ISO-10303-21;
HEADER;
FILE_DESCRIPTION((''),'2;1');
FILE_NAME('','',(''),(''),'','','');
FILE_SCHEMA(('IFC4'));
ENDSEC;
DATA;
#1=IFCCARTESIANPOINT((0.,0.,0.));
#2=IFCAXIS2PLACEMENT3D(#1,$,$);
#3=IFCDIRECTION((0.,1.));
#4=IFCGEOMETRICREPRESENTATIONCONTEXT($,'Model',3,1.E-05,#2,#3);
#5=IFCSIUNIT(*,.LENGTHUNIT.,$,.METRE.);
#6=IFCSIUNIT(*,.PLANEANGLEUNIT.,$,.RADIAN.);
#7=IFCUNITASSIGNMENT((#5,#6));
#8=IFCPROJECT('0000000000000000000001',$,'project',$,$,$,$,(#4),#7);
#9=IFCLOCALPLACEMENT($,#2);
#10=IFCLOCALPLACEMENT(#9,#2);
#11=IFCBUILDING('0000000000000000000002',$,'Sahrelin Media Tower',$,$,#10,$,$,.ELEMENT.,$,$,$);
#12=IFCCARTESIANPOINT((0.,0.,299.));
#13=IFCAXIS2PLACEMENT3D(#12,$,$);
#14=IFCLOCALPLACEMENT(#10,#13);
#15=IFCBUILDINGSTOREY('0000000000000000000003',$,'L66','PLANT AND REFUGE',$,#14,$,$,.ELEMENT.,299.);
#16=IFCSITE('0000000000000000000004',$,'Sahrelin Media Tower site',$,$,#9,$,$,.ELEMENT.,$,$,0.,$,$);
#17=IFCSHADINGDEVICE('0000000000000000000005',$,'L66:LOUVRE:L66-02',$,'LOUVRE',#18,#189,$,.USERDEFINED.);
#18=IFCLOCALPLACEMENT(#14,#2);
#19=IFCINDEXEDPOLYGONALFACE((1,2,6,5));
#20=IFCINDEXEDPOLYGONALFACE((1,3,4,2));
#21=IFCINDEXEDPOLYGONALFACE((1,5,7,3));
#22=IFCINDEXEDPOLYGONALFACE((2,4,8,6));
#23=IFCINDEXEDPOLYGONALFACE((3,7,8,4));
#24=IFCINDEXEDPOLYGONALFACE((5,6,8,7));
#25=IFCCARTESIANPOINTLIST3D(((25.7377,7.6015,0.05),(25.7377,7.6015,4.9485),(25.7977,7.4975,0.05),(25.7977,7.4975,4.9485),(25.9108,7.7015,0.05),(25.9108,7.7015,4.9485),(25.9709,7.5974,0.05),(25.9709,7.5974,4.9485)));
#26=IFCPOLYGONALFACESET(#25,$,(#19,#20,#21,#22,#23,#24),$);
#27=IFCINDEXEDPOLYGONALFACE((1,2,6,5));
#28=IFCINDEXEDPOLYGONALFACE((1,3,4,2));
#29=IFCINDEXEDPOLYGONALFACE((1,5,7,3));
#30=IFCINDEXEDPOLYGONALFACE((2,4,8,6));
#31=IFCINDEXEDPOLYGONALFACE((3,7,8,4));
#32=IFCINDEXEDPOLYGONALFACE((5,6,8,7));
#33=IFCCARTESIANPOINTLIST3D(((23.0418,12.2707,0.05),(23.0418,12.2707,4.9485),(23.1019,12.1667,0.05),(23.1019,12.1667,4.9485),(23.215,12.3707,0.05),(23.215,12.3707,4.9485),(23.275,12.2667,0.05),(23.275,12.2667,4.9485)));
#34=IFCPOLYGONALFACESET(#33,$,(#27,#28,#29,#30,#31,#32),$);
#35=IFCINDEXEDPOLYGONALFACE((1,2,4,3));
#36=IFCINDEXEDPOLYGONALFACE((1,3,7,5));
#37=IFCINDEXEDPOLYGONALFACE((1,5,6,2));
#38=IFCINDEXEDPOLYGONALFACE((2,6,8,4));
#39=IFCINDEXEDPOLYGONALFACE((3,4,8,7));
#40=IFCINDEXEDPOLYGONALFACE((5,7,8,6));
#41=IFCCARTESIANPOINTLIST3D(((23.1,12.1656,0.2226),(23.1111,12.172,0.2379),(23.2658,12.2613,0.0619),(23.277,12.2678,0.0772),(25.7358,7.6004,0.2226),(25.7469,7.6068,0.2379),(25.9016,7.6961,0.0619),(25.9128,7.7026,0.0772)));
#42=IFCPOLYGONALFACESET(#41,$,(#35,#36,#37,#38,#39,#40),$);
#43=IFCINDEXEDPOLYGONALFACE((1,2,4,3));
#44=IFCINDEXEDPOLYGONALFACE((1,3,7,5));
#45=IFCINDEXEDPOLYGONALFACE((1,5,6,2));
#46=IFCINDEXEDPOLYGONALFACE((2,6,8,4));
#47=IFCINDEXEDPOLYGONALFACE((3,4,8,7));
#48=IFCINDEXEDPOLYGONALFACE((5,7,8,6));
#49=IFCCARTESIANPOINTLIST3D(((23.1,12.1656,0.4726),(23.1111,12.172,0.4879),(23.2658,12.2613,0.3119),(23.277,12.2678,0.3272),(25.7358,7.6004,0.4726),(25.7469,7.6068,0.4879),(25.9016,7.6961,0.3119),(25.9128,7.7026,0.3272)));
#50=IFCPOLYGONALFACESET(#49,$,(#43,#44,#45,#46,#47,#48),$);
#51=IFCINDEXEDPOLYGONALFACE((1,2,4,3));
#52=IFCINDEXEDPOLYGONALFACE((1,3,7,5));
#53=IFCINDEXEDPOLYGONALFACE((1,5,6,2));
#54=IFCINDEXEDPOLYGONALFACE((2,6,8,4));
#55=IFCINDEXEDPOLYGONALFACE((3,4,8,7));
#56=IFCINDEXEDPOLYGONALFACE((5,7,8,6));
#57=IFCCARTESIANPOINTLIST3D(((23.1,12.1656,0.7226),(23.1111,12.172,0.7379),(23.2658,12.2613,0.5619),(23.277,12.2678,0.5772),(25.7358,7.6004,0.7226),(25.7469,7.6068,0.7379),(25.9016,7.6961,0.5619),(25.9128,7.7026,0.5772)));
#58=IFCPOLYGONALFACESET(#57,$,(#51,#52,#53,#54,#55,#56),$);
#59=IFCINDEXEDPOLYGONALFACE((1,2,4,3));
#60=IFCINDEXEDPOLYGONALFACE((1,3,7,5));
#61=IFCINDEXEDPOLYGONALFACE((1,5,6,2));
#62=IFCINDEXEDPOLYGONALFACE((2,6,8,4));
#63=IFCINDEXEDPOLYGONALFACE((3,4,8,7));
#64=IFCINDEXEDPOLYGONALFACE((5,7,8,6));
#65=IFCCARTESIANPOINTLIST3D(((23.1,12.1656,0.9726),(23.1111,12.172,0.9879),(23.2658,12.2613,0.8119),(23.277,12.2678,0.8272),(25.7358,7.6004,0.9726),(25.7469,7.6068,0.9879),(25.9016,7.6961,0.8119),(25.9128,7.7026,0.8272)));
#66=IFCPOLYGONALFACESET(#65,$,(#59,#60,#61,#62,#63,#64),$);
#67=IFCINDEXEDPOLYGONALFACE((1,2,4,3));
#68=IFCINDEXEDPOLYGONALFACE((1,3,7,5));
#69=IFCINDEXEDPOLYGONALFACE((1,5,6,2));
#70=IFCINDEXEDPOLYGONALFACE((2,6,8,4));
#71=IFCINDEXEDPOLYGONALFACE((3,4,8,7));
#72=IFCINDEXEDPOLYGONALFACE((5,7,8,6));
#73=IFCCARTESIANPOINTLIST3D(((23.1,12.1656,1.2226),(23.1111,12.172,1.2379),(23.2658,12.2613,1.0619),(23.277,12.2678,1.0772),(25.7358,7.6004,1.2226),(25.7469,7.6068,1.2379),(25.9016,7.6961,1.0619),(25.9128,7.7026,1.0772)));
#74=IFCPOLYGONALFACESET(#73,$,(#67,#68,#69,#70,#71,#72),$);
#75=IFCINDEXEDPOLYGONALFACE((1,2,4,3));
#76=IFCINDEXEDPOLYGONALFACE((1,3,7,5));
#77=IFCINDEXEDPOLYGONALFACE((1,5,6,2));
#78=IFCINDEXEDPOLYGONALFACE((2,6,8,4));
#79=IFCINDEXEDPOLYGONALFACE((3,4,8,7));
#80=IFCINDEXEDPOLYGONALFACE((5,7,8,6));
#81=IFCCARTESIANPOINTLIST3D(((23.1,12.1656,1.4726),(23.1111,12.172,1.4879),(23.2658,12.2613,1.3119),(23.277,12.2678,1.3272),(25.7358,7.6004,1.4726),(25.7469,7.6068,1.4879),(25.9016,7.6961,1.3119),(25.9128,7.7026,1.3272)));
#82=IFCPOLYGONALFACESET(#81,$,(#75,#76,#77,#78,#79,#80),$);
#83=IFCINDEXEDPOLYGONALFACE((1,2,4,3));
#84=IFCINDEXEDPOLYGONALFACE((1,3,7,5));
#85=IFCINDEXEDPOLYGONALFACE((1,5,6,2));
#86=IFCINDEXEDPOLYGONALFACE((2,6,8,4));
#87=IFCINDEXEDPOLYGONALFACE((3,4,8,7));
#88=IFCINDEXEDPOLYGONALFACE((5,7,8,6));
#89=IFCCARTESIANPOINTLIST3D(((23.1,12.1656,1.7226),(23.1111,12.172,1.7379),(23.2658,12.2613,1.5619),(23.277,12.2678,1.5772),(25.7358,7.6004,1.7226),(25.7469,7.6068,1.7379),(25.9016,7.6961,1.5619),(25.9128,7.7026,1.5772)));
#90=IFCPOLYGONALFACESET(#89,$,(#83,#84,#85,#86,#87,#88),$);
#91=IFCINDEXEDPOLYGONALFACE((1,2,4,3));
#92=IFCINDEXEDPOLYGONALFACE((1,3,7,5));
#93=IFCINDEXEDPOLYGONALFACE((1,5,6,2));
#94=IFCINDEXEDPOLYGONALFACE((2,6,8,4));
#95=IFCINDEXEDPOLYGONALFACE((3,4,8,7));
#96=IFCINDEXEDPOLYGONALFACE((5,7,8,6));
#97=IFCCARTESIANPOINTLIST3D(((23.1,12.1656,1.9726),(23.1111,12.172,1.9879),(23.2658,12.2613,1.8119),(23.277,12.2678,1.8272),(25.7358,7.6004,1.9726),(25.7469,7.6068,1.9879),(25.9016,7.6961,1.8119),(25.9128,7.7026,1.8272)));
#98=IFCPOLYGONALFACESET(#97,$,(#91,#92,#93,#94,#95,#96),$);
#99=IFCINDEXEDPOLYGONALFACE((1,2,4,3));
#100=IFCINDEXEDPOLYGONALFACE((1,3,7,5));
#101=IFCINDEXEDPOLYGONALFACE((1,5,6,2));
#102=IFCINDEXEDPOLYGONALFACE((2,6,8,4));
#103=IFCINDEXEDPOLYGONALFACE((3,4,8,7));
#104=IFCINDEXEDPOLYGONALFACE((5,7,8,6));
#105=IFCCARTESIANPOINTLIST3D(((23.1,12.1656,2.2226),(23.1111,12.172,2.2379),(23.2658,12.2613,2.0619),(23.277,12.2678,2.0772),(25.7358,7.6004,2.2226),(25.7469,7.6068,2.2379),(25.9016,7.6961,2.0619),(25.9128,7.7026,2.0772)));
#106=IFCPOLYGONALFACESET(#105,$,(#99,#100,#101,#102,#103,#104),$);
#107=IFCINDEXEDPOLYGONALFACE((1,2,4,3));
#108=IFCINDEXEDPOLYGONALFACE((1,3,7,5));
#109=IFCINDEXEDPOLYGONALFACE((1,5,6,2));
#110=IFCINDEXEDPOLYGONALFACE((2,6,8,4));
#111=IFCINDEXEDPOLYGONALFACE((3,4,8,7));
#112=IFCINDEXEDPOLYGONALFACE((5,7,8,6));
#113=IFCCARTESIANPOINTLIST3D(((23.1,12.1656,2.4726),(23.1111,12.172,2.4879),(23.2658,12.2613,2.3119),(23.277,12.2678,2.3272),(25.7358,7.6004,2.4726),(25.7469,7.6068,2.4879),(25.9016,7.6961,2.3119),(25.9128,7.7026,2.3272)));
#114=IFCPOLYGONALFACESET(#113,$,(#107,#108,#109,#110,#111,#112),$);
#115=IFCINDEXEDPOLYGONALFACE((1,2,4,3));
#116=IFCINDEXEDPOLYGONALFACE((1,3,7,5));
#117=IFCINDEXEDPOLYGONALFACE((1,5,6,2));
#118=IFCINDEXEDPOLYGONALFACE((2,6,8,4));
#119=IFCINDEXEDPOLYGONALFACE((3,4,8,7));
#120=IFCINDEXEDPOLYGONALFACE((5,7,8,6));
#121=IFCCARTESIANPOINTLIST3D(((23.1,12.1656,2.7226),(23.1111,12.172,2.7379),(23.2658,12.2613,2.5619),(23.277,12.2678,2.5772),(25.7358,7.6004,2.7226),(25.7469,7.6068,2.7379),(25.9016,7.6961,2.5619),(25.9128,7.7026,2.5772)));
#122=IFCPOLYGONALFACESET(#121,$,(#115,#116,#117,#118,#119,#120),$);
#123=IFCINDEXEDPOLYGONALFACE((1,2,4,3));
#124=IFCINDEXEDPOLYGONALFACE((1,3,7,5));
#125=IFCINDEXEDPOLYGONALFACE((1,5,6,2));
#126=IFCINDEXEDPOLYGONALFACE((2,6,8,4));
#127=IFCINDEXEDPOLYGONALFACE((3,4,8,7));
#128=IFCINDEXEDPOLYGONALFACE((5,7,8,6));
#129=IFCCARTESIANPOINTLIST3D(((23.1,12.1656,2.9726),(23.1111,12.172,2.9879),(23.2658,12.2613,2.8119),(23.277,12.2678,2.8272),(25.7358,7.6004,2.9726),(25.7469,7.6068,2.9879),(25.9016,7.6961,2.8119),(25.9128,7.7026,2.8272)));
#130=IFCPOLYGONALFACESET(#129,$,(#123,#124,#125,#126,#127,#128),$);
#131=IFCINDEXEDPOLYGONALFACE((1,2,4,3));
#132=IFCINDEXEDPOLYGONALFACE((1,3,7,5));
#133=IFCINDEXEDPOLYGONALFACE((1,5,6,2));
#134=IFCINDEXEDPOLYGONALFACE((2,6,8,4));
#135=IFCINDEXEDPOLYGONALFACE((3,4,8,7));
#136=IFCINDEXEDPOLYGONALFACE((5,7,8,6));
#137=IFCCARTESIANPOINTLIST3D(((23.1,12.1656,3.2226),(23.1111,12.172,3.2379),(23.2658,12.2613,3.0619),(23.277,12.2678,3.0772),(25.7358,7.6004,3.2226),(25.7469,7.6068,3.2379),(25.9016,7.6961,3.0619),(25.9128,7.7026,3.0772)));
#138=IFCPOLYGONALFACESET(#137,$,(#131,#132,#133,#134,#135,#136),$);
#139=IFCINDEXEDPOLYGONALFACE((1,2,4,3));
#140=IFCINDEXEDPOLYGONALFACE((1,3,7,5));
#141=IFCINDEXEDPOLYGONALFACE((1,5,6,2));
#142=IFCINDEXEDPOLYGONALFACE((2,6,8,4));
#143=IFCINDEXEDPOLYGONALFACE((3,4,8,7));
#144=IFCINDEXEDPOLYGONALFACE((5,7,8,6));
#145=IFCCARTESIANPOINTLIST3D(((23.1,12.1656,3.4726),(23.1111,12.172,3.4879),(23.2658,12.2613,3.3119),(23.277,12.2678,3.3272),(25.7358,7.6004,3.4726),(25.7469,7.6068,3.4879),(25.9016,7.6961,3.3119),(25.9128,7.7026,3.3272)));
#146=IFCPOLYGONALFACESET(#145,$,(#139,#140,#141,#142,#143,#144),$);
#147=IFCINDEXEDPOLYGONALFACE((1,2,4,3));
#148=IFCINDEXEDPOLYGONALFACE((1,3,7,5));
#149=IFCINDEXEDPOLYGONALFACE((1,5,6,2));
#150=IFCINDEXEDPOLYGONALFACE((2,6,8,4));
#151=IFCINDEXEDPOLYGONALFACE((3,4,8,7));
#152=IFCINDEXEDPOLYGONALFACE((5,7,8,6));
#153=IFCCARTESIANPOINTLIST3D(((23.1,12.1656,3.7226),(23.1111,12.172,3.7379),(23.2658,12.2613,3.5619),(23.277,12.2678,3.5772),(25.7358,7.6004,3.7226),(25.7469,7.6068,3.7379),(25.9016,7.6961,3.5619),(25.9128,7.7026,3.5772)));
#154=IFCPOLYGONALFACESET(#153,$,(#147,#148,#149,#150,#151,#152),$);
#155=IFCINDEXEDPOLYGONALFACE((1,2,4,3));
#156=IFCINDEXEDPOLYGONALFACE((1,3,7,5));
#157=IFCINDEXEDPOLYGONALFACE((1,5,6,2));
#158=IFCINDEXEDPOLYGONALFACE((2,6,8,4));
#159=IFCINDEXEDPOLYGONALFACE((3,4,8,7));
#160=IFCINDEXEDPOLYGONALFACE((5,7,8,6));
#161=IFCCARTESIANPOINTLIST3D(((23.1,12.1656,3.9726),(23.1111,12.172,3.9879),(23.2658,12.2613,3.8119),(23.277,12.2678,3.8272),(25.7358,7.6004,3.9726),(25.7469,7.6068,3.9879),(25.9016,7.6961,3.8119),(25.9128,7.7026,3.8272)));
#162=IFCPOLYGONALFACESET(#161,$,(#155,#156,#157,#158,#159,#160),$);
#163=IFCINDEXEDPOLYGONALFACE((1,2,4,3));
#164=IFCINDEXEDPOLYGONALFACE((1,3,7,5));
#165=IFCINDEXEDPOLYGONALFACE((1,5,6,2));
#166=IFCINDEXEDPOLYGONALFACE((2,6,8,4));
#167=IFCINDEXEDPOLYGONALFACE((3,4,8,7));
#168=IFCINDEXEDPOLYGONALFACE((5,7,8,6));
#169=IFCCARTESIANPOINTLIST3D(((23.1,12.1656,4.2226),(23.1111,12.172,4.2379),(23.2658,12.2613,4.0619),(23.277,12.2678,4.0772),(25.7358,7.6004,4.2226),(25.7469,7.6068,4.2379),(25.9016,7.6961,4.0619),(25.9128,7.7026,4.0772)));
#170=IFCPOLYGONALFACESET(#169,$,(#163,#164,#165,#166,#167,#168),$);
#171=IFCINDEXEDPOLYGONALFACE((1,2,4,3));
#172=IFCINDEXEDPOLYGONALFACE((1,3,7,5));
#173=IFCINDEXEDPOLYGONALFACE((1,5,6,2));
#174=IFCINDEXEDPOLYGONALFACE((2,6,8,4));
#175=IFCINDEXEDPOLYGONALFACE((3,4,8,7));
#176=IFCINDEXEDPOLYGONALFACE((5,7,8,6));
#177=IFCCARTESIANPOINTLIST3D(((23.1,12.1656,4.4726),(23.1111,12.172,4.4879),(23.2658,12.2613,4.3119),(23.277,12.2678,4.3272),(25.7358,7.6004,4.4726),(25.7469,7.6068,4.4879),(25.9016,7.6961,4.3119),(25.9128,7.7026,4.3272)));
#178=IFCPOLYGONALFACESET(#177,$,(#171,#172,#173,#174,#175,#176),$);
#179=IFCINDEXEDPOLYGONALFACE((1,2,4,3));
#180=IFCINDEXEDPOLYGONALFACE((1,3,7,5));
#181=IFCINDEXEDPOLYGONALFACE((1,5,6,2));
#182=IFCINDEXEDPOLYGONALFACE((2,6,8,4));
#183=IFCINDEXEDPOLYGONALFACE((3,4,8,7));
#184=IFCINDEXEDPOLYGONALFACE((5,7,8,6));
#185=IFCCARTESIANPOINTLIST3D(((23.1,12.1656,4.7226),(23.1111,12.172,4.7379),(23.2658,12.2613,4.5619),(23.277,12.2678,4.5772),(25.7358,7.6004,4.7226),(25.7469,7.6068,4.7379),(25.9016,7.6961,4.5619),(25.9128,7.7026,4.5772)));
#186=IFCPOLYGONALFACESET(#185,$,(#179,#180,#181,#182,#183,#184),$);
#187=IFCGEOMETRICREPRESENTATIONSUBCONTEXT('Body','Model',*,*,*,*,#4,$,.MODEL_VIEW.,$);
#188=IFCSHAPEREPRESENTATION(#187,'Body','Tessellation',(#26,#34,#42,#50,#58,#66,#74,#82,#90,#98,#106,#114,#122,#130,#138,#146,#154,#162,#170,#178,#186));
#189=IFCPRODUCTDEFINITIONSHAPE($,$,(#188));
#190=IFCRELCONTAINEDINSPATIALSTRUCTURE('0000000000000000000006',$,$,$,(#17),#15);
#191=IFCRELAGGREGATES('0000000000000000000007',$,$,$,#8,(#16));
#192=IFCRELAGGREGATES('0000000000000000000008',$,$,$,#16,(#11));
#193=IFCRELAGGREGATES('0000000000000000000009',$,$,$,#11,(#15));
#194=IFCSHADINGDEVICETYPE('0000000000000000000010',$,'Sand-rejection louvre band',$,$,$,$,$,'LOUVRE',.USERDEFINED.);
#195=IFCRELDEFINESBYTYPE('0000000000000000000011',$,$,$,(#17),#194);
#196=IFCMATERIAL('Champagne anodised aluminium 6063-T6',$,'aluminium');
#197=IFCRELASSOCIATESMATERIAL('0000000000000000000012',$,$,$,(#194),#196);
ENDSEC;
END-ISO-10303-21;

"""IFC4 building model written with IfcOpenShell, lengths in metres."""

from ifc_helpers import new_model, si_unit, direction, frame, origin, origin_2d, place, context, subcontext, project, spatial, rectangle, extrude, material, type_object, element, save


model = new_model("IFC4")

# Units and contexts
model_context = context("Model", 3, precision=1e-05, world=origin(), true_north=direction((0.0, 1.0)))
body_context = subcontext(model_context, "Body", "Model", "MODEL_VIEW")
ifc_project = project(units=[si_unit("LENGTHUNIT", "METRE"), si_unit("PLANEANGLEUNIT", "RADIAN")], contexts=[model_context])

# Site, building, storey
site_placement = place(None, origin())
site = spatial("IfcSite", under=ifc_project, at=site_placement, Name="Sahrelin Media Tower site", CompositionType="ELEMENT", RefElevation=0.0)
building_placement = place(site_placement, origin())
building = spatial("IfcBuilding", under=site, at=building_placement, Name="Sahrelin Media Tower", CompositionType="ELEMENT")
storey_placement = place(building_placement, frame((0.0, 0.0, 299.0)))
storey = spatial("IfcBuildingStorey", under=building, at=storey_placement, Name="L66", Description="PLANT AND REFUGE", CompositionType="ELEMENT", Elevation=299.0)

# Shading device
ifc_material_1 = material(Name="Champagne anodised aluminium 6063-T6", Category="aluminium")
shading_device_type = type_object("IfcShadingDeviceType", Name="Sand-rejection louvre band", ElementType="LOUVRE", PredefinedType="USERDEFINED", material=ifc_material_1)
shading_device_1_placement = place(storey_placement, frame((24.4197, 9.884, 0.0), z_axis=(0.0, 0.0, 1.0), x_axis=(0.500011, -0.866019, 0.0)))
element("IfcShadingDevice", 1, at=shading_device_1_placement, inside=storey, type_object=shading_device_type, Name="L66:LOUVRE:L66-02", ObjectType="LOUVRE", PredefinedType="USERDEFINED", context=body_context, shape_type="SweptSolid", body=[
    extrude(rectangle(XDim=0.1201, YDim=0.2, at=origin_2d()), frame((2.6958, 0.1001, 0.05), z_axis=(0.0, 0.0, 1.0), x_axis=(1.0, 0.0, 0.0)), (0.0, 0.0, 1.0), 4.8984),
    extrude(rectangle(XDim=0.1201, YDim=0.2, at=origin_2d()), frame((-2.6958, 0.1001, 0.05), z_axis=(0.0, 0.0, 1.0), x_axis=(1.0, 0.0, 0.0)), (0.0, 0.0, 1.0), 4.8984),
    extrude(rectangle(XDim=0.25, YDim=0.02, at=origin_2d()), frame((2.6357, 0.1001, 0.1499), z_axis=(-1.0, 0.0, 0.0), x_axis=(0.0, -0.766044, 0.642788)), (0.0, 0.0, 1.0), 5.2715),
    extrude(rectangle(XDim=0.25, YDim=0.02, at=origin_2d()), frame((2.6357, 0.1001, 0.3999), z_axis=(-1.0, 0.0, 0.0), x_axis=(0.0, -0.766044, 0.642788)), (0.0, 0.0, 1.0), 5.2715),
    extrude(rectangle(XDim=0.25, YDim=0.02, at=origin_2d()), frame((2.6357, 0.1001, 0.6499), z_axis=(-1.0, 0.0, 0.0), x_axis=(0.0, -0.766044, 0.642788)), (0.0, 0.0, 1.0), 5.2715),
    extrude(rectangle(XDim=0.25, YDim=0.02, at=origin_2d()), frame((2.6357, 0.1001, 0.8999), z_axis=(-1.0, 0.0, 0.0), x_axis=(0.0, -0.766044, 0.642788)), (0.0, 0.0, 1.0), 5.2715),
    extrude(rectangle(XDim=0.25, YDim=0.02, at=origin_2d()), frame((2.6357, 0.1001, 1.1499), z_axis=(-1.0, 0.0, 0.0), x_axis=(0.0, -0.766044, 0.642788)), (0.0, 0.0, 1.0), 5.2715),
    extrude(rectangle(XDim=0.25, YDim=0.02, at=origin_2d()), frame((2.6357, 0.1001, 1.3999), z_axis=(-1.0, 0.0, 0.0), x_axis=(0.0, -0.766044, 0.642788)), (0.0, 0.0, 1.0), 5.2715),
    extrude(rectangle(XDim=0.25, YDim=0.02, at=origin_2d()), frame((2.6357, 0.1001, 1.6499), z_axis=(-1.0, 0.0, 0.0), x_axis=(0.0, -0.766044, 0.642788)), (0.0, 0.0, 1.0), 5.2715),
    extrude(rectangle(XDim=0.25, YDim=0.02, at=origin_2d()), frame((2.6357, 0.1001, 1.8999), z_axis=(-1.0, 0.0, 0.0), x_axis=(0.0, -0.766044, 0.642788)), (0.0, 0.0, 1.0), 5.2715),
    extrude(rectangle(XDim=0.25, YDim=0.02, at=origin_2d()), frame((2.6357, 0.1001, 2.1499), z_axis=(-1.0, 0.0, 0.0), x_axis=(0.0, -0.766044, 0.642788)), (0.0, 0.0, 1.0), 5.2715),
    extrude(rectangle(XDim=0.25, YDim=0.02, at=origin_2d()), frame((2.6357, 0.1001, 2.3999), z_axis=(-1.0, 0.0, 0.0), x_axis=(0.0, -0.766044, 0.642788)), (0.0, 0.0, 1.0), 5.2715),
    extrude(rectangle(XDim=0.25, YDim=0.02, at=origin_2d()), frame((2.6357, 0.1001, 2.6499), z_axis=(-1.0, 0.0, 0.0), x_axis=(0.0, -0.766044, 0.642788)), (0.0, 0.0, 1.0), 5.2715),
    extrude(rectangle(XDim=0.25, YDim=0.02, at=origin_2d()), frame((2.6357, 0.1001, 2.8999), z_axis=(-1.0, 0.0, 0.0), x_axis=(0.0, -0.766044, 0.642788)), (0.0, 0.0, 1.0), 5.2715),
    extrude(rectangle(XDim=0.25, YDim=0.02, at=origin_2d()), frame((2.6357, 0.1001, 3.1499), z_axis=(-1.0, 0.0, 0.0), x_axis=(0.0, -0.766044, 0.642788)), (0.0, 0.0, 1.0), 5.2715),
    extrude(rectangle(XDim=0.25, YDim=0.02, at=origin_2d()), frame((2.6357, 0.1001, 3.3999), z_axis=(-1.0, 0.0, 0.0), x_axis=(0.0, -0.766044, 0.642788)), (0.0, 0.0, 1.0), 5.2715),
    extrude(rectangle(XDim=0.25, YDim=0.02, at=origin_2d()), frame((2.6357, 0.1001, 3.6499), z_axis=(-1.0, 0.0, 0.0), x_axis=(0.0, -0.766044, 0.642788)), (0.0, 0.0, 1.0), 5.2715),
    extrude(rectangle(XDim=0.25, YDim=0.02, at=origin_2d()), frame((2.6357, 0.1001, 3.8999), z_axis=(-1.0, 0.0, 0.0), x_axis=(0.0, -0.766044, 0.642788)), (0.0, 0.0, 1.0), 5.2715),
    extrude(rectangle(XDim=0.25, YDim=0.02, at=origin_2d()), frame((2.6357, 0.1001, 4.1499), z_axis=(-1.0, 0.0, 0.0), x_axis=(0.0, -0.766044, 0.642788)), (0.0, 0.0, 1.0), 5.2715),
    extrude(rectangle(XDim=0.25, YDim=0.02, at=origin_2d()), frame((2.6357, 0.1001, 4.3999), z_axis=(-1.0, 0.0, 0.0), x_axis=(0.0, -0.766044, 0.642788)), (0.0, 0.0, 1.0), 5.2715),
    extrude(rectangle(XDim=0.25, YDim=0.02, at=origin_2d()), frame((2.6357, 0.1001, 4.6499), z_axis=(-1.0, 0.0, 0.0), x_axis=(0.0, -0.766044, 0.642788)), (0.0, 0.0, 1.0), 5.2715),
])

save(model, "model.ifc")
